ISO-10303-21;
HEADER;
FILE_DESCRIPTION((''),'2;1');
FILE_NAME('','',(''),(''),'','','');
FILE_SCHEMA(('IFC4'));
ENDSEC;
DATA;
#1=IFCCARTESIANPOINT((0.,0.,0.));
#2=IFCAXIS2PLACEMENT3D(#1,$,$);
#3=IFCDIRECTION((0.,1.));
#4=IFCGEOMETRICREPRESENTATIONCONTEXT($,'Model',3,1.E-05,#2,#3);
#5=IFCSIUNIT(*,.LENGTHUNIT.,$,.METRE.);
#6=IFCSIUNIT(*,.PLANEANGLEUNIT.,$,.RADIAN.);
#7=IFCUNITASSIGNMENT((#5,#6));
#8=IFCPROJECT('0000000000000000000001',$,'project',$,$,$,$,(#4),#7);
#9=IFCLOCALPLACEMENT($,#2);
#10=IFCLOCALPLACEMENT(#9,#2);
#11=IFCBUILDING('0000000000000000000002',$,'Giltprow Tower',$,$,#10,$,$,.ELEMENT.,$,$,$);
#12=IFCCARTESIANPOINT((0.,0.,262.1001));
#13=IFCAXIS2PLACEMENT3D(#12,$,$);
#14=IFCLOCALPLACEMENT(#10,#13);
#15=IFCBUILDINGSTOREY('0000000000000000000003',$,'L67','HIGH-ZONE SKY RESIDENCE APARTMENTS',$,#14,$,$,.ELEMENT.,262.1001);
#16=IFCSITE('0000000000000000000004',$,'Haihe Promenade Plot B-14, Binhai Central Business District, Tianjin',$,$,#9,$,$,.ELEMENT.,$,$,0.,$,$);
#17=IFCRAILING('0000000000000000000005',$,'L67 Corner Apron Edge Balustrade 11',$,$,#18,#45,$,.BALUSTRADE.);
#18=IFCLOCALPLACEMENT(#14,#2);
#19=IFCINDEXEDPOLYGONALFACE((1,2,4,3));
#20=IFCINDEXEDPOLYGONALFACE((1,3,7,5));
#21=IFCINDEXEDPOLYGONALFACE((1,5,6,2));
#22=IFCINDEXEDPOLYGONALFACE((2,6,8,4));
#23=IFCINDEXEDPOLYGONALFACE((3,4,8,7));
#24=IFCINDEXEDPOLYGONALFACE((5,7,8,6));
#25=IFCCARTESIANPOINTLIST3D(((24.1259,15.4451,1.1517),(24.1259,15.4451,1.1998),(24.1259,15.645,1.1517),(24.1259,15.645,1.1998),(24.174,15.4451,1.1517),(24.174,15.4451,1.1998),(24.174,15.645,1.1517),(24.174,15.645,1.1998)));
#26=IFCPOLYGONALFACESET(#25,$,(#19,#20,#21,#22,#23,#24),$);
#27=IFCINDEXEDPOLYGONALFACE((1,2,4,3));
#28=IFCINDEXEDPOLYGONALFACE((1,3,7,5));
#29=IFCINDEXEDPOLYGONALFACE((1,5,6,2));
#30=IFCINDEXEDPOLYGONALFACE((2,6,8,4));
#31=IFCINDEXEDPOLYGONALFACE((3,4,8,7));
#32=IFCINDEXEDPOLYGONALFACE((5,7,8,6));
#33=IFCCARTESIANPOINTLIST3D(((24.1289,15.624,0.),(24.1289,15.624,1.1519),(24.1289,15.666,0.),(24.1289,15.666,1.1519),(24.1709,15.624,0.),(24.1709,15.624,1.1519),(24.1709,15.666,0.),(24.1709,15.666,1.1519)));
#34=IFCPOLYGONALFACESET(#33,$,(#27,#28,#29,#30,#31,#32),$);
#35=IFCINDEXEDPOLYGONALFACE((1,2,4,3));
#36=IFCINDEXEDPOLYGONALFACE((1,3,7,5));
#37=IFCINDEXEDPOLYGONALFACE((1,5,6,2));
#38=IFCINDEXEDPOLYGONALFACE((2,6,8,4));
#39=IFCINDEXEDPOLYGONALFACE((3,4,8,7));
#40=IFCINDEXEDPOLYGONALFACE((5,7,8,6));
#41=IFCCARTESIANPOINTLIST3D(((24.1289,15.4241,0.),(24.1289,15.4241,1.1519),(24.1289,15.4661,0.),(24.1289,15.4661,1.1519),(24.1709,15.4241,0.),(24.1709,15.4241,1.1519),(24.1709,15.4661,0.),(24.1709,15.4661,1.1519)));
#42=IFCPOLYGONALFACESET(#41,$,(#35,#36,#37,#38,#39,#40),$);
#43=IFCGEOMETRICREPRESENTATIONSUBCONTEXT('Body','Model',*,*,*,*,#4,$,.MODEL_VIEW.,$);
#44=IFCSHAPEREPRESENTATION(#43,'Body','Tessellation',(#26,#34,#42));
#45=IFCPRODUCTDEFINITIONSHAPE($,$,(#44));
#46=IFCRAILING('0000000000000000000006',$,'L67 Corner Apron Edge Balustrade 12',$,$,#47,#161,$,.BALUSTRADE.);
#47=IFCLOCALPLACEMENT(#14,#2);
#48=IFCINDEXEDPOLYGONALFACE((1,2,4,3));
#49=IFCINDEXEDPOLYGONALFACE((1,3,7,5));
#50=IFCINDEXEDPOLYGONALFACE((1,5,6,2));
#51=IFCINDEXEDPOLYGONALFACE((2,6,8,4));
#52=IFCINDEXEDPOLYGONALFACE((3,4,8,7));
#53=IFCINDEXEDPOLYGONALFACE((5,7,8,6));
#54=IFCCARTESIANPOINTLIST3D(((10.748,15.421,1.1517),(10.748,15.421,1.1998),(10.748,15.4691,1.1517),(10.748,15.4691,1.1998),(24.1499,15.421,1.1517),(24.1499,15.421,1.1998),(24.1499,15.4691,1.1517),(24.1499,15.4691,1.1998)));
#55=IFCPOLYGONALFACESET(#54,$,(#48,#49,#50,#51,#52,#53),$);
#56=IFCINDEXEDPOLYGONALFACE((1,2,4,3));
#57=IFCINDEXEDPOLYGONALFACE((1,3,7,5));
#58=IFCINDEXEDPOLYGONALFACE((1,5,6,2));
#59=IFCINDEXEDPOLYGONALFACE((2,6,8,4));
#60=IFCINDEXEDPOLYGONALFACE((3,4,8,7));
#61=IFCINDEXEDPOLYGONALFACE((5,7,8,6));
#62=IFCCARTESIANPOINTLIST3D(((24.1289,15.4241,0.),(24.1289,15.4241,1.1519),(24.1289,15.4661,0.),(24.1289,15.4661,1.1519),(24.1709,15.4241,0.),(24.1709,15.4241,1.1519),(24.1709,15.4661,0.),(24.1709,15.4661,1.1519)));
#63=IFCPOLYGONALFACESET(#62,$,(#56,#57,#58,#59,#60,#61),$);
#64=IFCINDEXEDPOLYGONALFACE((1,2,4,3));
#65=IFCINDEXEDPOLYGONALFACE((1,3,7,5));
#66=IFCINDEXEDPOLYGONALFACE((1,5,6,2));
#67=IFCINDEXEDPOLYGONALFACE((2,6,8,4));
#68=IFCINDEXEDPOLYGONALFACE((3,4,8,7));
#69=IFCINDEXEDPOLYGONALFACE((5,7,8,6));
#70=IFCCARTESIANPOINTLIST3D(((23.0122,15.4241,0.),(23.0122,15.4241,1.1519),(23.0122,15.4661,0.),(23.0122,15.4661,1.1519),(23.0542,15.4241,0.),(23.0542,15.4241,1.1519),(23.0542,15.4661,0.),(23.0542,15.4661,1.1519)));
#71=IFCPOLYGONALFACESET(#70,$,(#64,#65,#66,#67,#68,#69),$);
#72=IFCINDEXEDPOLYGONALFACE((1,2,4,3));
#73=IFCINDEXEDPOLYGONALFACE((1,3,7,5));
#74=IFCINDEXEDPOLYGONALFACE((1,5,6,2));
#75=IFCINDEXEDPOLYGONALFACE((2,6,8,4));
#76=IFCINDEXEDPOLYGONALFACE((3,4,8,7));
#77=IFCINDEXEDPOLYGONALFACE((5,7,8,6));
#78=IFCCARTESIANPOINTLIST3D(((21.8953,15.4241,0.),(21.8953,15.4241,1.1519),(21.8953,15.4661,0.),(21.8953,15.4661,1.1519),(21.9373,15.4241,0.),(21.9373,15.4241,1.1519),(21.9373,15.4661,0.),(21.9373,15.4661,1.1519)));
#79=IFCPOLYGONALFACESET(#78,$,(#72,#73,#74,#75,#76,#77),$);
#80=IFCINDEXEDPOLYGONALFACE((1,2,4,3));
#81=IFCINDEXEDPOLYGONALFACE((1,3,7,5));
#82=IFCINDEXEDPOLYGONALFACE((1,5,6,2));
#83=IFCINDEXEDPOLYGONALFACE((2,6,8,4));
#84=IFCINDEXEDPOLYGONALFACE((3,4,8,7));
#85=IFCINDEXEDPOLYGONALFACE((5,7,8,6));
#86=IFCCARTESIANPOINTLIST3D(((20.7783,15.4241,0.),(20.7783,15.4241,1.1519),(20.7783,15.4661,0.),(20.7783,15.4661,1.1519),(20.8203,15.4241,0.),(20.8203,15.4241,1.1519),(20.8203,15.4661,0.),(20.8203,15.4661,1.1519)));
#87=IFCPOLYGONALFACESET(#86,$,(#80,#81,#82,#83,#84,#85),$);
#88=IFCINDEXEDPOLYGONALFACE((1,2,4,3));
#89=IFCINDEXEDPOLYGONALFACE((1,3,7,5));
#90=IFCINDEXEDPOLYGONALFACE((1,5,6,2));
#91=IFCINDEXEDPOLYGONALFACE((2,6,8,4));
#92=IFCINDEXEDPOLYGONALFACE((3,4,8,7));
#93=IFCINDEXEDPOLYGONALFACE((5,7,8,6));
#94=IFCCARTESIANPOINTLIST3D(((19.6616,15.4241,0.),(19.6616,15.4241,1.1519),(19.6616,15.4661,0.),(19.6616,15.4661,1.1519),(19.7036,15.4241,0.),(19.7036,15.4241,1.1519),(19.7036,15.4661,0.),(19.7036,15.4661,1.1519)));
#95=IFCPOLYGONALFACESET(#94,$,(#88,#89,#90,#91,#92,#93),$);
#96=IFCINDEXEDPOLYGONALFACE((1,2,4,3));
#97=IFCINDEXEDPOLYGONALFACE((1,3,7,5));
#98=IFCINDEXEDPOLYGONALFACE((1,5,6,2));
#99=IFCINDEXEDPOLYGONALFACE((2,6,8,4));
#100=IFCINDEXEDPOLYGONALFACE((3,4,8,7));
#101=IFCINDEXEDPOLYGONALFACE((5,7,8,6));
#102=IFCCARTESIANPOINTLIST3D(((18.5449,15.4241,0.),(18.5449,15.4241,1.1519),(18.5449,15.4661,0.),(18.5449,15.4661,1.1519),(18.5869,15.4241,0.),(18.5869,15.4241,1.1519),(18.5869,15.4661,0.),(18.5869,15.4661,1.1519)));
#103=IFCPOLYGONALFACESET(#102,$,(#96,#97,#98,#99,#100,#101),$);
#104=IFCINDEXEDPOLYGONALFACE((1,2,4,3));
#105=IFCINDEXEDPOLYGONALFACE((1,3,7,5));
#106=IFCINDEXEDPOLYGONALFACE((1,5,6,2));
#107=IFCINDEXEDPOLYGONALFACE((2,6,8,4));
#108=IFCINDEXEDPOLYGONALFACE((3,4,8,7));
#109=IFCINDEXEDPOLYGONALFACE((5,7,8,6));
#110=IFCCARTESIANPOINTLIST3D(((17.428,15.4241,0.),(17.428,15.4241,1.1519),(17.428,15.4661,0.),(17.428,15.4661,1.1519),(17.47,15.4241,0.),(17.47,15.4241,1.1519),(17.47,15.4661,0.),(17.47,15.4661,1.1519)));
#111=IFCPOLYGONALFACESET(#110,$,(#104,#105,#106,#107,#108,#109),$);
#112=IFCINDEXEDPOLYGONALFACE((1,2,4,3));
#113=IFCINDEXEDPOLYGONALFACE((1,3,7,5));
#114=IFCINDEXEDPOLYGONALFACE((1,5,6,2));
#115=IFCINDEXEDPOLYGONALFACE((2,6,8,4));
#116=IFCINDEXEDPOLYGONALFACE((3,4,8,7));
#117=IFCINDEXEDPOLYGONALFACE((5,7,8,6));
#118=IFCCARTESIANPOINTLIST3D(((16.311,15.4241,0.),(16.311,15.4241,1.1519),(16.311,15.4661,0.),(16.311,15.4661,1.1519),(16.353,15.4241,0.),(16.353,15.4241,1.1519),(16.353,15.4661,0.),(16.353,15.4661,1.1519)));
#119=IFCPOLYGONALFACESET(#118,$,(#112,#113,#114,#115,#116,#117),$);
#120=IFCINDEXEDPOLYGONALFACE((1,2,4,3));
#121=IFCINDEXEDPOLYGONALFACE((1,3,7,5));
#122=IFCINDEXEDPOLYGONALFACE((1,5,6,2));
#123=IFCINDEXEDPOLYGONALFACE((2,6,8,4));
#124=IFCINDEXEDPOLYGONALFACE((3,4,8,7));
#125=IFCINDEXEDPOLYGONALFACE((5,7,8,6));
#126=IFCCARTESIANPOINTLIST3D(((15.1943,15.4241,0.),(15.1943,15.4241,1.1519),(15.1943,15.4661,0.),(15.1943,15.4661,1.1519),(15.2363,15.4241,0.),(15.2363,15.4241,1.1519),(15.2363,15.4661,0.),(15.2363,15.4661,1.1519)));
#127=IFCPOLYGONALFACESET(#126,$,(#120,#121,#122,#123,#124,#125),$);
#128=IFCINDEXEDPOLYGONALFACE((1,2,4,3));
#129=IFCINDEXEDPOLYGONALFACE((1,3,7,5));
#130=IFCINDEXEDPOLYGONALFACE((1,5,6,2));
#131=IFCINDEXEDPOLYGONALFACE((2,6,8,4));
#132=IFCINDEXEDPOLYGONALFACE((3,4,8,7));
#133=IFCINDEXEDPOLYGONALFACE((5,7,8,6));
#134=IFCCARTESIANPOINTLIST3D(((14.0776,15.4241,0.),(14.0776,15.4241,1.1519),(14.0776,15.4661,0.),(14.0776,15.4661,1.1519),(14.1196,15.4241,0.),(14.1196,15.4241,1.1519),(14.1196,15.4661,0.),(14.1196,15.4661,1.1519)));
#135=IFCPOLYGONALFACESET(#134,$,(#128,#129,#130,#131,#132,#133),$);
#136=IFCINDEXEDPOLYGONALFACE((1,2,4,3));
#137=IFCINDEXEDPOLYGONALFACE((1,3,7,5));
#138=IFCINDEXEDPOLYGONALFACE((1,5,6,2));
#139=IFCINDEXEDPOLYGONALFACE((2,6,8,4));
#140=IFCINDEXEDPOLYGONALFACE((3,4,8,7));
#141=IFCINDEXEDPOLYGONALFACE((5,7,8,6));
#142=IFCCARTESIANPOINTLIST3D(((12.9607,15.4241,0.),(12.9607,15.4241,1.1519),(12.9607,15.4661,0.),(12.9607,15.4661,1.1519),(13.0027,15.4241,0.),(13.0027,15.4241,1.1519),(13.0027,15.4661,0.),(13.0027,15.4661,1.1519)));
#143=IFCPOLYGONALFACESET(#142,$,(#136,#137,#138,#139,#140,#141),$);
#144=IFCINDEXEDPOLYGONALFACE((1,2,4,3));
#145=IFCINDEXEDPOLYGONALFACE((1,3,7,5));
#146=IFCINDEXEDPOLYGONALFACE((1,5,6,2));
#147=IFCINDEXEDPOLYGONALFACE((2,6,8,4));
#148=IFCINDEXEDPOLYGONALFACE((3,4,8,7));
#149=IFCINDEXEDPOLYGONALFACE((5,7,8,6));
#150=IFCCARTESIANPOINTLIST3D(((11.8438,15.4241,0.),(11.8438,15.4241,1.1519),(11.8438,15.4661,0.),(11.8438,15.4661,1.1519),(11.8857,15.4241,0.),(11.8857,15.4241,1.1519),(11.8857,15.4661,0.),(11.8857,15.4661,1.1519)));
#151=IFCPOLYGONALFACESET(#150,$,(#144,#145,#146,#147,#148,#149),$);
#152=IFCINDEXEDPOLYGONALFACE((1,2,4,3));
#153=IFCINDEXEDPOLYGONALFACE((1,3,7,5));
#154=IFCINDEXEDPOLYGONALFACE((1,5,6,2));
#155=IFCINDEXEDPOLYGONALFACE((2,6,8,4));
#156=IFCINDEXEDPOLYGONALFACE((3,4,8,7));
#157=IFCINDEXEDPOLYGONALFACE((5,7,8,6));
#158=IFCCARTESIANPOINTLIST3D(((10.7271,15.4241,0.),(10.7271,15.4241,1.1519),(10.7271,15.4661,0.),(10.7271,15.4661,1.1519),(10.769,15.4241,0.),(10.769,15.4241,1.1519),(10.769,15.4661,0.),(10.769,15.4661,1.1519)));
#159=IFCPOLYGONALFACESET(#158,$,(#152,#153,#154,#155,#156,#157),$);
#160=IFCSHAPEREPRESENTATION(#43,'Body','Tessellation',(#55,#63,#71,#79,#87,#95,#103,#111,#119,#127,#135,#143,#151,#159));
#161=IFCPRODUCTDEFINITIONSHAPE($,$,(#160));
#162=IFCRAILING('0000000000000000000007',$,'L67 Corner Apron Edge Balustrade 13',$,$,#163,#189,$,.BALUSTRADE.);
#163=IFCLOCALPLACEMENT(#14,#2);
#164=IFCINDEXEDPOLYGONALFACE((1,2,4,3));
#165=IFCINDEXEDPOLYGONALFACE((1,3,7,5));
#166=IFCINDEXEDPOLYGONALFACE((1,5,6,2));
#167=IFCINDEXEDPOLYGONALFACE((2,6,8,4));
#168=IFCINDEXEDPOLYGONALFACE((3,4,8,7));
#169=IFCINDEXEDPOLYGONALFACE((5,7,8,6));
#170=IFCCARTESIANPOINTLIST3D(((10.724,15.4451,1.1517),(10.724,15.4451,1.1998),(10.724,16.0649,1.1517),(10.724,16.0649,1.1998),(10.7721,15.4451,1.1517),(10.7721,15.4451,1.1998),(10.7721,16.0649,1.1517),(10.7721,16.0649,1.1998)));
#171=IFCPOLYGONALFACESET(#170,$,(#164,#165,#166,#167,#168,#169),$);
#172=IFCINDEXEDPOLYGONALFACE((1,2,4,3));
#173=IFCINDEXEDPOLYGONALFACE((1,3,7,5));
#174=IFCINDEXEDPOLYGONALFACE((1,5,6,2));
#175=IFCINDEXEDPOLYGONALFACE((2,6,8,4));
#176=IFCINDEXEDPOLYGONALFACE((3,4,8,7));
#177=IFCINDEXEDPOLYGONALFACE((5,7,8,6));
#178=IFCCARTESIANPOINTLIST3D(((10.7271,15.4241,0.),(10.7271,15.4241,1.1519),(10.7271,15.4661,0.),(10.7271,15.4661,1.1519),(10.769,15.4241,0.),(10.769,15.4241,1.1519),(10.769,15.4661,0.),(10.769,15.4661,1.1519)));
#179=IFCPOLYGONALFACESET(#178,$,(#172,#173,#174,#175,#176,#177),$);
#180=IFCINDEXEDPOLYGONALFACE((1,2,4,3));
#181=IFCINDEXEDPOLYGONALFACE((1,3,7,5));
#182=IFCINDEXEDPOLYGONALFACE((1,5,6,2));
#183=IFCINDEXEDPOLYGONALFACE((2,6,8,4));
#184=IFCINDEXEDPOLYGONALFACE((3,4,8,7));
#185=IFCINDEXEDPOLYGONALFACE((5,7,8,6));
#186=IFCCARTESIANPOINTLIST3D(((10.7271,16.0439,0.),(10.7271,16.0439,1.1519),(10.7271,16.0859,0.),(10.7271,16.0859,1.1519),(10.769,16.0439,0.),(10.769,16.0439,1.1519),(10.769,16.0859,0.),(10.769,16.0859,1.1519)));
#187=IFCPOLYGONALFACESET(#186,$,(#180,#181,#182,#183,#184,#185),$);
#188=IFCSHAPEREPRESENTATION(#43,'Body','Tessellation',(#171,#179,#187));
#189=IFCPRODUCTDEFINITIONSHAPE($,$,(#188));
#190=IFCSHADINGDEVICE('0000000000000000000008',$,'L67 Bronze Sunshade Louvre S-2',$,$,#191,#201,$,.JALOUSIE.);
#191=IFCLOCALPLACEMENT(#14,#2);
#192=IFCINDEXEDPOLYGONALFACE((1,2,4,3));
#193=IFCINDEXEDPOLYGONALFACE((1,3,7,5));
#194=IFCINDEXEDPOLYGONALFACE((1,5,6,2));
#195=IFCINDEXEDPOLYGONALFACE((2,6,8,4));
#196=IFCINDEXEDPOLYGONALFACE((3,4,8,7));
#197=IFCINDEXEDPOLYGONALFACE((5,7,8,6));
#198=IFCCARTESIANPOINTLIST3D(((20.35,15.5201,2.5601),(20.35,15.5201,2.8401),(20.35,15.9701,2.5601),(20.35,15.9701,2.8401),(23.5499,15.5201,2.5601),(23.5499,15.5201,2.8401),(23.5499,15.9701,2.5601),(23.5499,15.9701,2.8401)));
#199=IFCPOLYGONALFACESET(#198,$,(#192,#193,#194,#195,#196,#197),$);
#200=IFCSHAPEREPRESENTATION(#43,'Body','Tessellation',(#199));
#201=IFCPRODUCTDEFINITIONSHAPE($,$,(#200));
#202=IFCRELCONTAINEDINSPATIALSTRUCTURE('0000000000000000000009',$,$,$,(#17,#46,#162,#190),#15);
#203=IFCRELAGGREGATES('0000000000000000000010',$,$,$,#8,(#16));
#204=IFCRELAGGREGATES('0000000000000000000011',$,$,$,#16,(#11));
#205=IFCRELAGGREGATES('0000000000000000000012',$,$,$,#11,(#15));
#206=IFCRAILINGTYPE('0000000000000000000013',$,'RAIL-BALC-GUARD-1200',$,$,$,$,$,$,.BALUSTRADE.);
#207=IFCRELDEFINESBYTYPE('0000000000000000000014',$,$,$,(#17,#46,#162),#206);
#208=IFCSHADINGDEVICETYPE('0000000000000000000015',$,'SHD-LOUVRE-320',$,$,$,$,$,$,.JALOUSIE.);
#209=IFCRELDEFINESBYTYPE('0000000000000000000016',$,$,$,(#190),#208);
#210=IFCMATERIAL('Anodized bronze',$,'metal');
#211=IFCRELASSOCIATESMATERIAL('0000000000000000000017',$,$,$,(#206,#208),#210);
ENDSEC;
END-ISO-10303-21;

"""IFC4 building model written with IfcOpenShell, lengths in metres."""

from ifc_helpers import new_model, si_unit, direction, frame, origin, origin_2d, place, context, subcontext, project, spatial, rectangle, extrude, source, transform, mapped, material, type_object, element, save


model = new_model("IFC4")

# Units and contexts
model_context = context("Model", 3, precision=1e-05, world=origin(), true_north=direction((0.0, 1.0)))
body_context = subcontext(model_context, "Body", "Model", "MODEL_VIEW")
ifc_project = project(units=[si_unit("LENGTHUNIT", "METRE"), si_unit("PLANEANGLEUNIT", "RADIAN")], contexts=[model_context])

# Site, building, storey
site_placement = place(None, origin())
site = spatial("IfcSite", under=ifc_project, at=site_placement, Name="Haihe Promenade Plot B-14, Binhai Central Business District, Tianjin", CompositionType="ELEMENT", RefElevation=0.0)
building_placement = place(site_placement, origin())
building = spatial("IfcBuilding", under=site, at=building_placement, Name="Giltprow Tower", CompositionType="ELEMENT")
storey_placement = place(building_placement, frame((0.0, 0.0, 262.1001)))
storey = spatial("IfcBuildingStorey", under=building, at=storey_placement, Name="L67", Description="HIGH-ZONE SKY RESIDENCE APARTMENTS", CompositionType="ELEMENT", Elevation=262.1001)

# Shared definitions
ifc_material_1 = material(Name="Anodized bronze", Category="metal")

# Railings
railing_type = type_object("IfcRailingType", Name="RAIL-BALC-GUARD-1200", PredefinedType="BALUSTRADE", material=ifc_material_1)
railing_1_placement = place(storey_placement, frame((24.1499, 15.645, 0.0)))
element("IfcRailing", 1, at=railing_1_placement, inside=storey, type_object=railing_type, Name="L67 Corner Apron Edge Balustrade 11", PredefinedType="BALUSTRADE", context=body_context, shape_type="SweptSolid", body=[
    extrude(rectangle(XDim=0.0481, YDim=0.0481, at=origin_2d()), frame((0.0, 0.0, 1.1758), z_axis=(0.0, -1.0, 0.0), x_axis=(1.0, 0.0, 0.0)), (0.0, 0.0, 1.0), 0.2),
    extrude(rectangle(XDim=0.042, YDim=0.042, at=origin_2d()), origin(), (0.0, 0.0, 1.0), 1.1519),
    extrude(rectangle(XDim=0.042, YDim=0.042, at=origin_2d()), frame((0.0, -0.2, 0.0)), (0.0, 0.0, 1.0), 1.1519),
])
railing_2_placement = place(storey_placement, frame((24.1499, 15.4451, 0.0)))
element("IfcRailing", 2, at=railing_2_placement, inside=storey, type_object=railing_type, Name="L67 Corner Apron Edge Balustrade 12", PredefinedType="BALUSTRADE", context=body_context, shape_type="SweptSolid", body=[
    extrude(rectangle(XDim=0.0481, YDim=0.0481, at=origin_2d()), frame((0.0, 0.0, 1.1758), z_axis=(-1.0, 0.0, 0.0), x_axis=(0.0, -1.0, 0.0)), (0.0, 0.0, 1.0), 13.4019),
    extrude(rectangle(XDim=0.042, YDim=0.042, at=origin_2d()), origin(), (0.0, 0.0, 1.0), 1.1519),
    extrude(rectangle(XDim=0.042, YDim=0.042, at=origin_2d()), frame((-1.1167, 0.0, 0.0)), (0.0, 0.0, 1.0), 1.1519),
    extrude(rectangle(XDim=0.042, YDim=0.042, at=origin_2d()), frame((-2.2336, 0.0, 0.0)), (0.0, 0.0, 1.0), 1.1519),
    extrude(rectangle(XDim=0.042, YDim=0.042, at=origin_2d()), frame((-3.3506, 0.0, 0.0)), (0.0, 0.0, 1.0), 1.1519),
    extrude(rectangle(XDim=0.042, YDim=0.042, at=origin_2d()), frame((-4.4673, 0.0, 0.0)), (0.0, 0.0, 1.0), 1.1519),
    extrude(rectangle(XDim=0.042, YDim=0.042, at=origin_2d()), frame((-5.584, 0.0, 0.0)), (0.0, 0.0, 1.0), 1.1519),
    extrude(rectangle(XDim=0.042, YDim=0.042, at=origin_2d()), frame((-6.7009, 0.0, 0.0)), (0.0, 0.0, 1.0), 1.1519),
    extrude(rectangle(XDim=0.042, YDim=0.042, at=origin_2d()), frame((-7.8179, 0.0, 0.0)), (0.0, 0.0, 1.0), 1.1519),
    extrude(rectangle(XDim=0.042, YDim=0.042, at=origin_2d()), frame((-8.9346, 0.0, 0.0)), (0.0, 0.0, 1.0), 1.1519),
    extrude(rectangle(XDim=0.042, YDim=0.042, at=origin_2d()), frame((-10.0513, 0.0, 0.0)), (0.0, 0.0, 1.0), 1.1519),
    extrude(rectangle(XDim=0.042, YDim=0.042, at=origin_2d()), frame((-11.1682, 0.0, 0.0)), (0.0, 0.0, 1.0), 1.1519),
    extrude(rectangle(XDim=0.042, YDim=0.042, at=origin_2d()), frame((-12.2852, 0.0, 0.0)), (0.0, 0.0, 1.0), 1.1519),
    extrude(rectangle(XDim=0.042, YDim=0.042, at=origin_2d()), frame((-13.4019, 0.0, 0.0)), (0.0, 0.0, 1.0), 1.1519),
])
railing_3_placement = place(storey_placement, frame((10.748, 15.4451, 0.0)))
element("IfcRailing", 3, at=railing_3_placement, inside=storey, type_object=railing_type, Name="L67 Corner Apron Edge Balustrade 13", PredefinedType="BALUSTRADE", context=body_context, shape_type="SweptSolid", body=[
    extrude(rectangle(XDim=0.0481, YDim=0.0481, at=origin_2d()), frame((0.0, 0.0, 1.1758), z_axis=(0.0, 1.0, 0.0), x_axis=(-1.0, 0.0, 0.0)), (0.0, 0.0, 1.0), 0.6199),
    extrude(rectangle(XDim=0.042, YDim=0.042, at=origin_2d()), origin(), (0.0, 0.0, 1.0), 1.1519),
    extrude(rectangle(XDim=0.042, YDim=0.042, at=origin_2d()), frame((0.0, 0.6199, 0.0)), (0.0, 0.0, 1.0), 1.1519),
])

# Shading device
shading_device_type = type_object("IfcShadingDeviceType", Name="SHD-LOUVRE-320", PredefinedType="JALOUSIE", material=ifc_material_1)
shared_shape_1 = source(origin(), body_context, "Body", "SweptSolid", [
    extrude(rectangle(XDim=3.2, YDim=0.45, at=origin_2d()), origin(), (0.0, 0.0, 1.0), 0.28),
])
shading_device_placement = place(storey_placement, frame((21.95, 15.7451, 2.5601), z_axis=(0.0, 0.0, 1.0), x_axis=(1.0, 0.0, 0.0)))
element("IfcShadingDevice", 4, at=shading_device_placement, inside=storey, type_object=shading_device_type, Name="L67 Bronze Sunshade Louvre S-2", PredefinedType="JALOUSIE", context=body_context, shape_type="MappedRepresentation", body=[
    mapped(shared_shape_1, transform((0.0, 0.0, 0.0), x_axis=(1.0, 0.0, 0.0), y_axis=(0.0, 1.0, 0.0), z_axis=(0.0, 0.0, 1.0), scale=1.0)),
])

save(model, "model.ifc")
